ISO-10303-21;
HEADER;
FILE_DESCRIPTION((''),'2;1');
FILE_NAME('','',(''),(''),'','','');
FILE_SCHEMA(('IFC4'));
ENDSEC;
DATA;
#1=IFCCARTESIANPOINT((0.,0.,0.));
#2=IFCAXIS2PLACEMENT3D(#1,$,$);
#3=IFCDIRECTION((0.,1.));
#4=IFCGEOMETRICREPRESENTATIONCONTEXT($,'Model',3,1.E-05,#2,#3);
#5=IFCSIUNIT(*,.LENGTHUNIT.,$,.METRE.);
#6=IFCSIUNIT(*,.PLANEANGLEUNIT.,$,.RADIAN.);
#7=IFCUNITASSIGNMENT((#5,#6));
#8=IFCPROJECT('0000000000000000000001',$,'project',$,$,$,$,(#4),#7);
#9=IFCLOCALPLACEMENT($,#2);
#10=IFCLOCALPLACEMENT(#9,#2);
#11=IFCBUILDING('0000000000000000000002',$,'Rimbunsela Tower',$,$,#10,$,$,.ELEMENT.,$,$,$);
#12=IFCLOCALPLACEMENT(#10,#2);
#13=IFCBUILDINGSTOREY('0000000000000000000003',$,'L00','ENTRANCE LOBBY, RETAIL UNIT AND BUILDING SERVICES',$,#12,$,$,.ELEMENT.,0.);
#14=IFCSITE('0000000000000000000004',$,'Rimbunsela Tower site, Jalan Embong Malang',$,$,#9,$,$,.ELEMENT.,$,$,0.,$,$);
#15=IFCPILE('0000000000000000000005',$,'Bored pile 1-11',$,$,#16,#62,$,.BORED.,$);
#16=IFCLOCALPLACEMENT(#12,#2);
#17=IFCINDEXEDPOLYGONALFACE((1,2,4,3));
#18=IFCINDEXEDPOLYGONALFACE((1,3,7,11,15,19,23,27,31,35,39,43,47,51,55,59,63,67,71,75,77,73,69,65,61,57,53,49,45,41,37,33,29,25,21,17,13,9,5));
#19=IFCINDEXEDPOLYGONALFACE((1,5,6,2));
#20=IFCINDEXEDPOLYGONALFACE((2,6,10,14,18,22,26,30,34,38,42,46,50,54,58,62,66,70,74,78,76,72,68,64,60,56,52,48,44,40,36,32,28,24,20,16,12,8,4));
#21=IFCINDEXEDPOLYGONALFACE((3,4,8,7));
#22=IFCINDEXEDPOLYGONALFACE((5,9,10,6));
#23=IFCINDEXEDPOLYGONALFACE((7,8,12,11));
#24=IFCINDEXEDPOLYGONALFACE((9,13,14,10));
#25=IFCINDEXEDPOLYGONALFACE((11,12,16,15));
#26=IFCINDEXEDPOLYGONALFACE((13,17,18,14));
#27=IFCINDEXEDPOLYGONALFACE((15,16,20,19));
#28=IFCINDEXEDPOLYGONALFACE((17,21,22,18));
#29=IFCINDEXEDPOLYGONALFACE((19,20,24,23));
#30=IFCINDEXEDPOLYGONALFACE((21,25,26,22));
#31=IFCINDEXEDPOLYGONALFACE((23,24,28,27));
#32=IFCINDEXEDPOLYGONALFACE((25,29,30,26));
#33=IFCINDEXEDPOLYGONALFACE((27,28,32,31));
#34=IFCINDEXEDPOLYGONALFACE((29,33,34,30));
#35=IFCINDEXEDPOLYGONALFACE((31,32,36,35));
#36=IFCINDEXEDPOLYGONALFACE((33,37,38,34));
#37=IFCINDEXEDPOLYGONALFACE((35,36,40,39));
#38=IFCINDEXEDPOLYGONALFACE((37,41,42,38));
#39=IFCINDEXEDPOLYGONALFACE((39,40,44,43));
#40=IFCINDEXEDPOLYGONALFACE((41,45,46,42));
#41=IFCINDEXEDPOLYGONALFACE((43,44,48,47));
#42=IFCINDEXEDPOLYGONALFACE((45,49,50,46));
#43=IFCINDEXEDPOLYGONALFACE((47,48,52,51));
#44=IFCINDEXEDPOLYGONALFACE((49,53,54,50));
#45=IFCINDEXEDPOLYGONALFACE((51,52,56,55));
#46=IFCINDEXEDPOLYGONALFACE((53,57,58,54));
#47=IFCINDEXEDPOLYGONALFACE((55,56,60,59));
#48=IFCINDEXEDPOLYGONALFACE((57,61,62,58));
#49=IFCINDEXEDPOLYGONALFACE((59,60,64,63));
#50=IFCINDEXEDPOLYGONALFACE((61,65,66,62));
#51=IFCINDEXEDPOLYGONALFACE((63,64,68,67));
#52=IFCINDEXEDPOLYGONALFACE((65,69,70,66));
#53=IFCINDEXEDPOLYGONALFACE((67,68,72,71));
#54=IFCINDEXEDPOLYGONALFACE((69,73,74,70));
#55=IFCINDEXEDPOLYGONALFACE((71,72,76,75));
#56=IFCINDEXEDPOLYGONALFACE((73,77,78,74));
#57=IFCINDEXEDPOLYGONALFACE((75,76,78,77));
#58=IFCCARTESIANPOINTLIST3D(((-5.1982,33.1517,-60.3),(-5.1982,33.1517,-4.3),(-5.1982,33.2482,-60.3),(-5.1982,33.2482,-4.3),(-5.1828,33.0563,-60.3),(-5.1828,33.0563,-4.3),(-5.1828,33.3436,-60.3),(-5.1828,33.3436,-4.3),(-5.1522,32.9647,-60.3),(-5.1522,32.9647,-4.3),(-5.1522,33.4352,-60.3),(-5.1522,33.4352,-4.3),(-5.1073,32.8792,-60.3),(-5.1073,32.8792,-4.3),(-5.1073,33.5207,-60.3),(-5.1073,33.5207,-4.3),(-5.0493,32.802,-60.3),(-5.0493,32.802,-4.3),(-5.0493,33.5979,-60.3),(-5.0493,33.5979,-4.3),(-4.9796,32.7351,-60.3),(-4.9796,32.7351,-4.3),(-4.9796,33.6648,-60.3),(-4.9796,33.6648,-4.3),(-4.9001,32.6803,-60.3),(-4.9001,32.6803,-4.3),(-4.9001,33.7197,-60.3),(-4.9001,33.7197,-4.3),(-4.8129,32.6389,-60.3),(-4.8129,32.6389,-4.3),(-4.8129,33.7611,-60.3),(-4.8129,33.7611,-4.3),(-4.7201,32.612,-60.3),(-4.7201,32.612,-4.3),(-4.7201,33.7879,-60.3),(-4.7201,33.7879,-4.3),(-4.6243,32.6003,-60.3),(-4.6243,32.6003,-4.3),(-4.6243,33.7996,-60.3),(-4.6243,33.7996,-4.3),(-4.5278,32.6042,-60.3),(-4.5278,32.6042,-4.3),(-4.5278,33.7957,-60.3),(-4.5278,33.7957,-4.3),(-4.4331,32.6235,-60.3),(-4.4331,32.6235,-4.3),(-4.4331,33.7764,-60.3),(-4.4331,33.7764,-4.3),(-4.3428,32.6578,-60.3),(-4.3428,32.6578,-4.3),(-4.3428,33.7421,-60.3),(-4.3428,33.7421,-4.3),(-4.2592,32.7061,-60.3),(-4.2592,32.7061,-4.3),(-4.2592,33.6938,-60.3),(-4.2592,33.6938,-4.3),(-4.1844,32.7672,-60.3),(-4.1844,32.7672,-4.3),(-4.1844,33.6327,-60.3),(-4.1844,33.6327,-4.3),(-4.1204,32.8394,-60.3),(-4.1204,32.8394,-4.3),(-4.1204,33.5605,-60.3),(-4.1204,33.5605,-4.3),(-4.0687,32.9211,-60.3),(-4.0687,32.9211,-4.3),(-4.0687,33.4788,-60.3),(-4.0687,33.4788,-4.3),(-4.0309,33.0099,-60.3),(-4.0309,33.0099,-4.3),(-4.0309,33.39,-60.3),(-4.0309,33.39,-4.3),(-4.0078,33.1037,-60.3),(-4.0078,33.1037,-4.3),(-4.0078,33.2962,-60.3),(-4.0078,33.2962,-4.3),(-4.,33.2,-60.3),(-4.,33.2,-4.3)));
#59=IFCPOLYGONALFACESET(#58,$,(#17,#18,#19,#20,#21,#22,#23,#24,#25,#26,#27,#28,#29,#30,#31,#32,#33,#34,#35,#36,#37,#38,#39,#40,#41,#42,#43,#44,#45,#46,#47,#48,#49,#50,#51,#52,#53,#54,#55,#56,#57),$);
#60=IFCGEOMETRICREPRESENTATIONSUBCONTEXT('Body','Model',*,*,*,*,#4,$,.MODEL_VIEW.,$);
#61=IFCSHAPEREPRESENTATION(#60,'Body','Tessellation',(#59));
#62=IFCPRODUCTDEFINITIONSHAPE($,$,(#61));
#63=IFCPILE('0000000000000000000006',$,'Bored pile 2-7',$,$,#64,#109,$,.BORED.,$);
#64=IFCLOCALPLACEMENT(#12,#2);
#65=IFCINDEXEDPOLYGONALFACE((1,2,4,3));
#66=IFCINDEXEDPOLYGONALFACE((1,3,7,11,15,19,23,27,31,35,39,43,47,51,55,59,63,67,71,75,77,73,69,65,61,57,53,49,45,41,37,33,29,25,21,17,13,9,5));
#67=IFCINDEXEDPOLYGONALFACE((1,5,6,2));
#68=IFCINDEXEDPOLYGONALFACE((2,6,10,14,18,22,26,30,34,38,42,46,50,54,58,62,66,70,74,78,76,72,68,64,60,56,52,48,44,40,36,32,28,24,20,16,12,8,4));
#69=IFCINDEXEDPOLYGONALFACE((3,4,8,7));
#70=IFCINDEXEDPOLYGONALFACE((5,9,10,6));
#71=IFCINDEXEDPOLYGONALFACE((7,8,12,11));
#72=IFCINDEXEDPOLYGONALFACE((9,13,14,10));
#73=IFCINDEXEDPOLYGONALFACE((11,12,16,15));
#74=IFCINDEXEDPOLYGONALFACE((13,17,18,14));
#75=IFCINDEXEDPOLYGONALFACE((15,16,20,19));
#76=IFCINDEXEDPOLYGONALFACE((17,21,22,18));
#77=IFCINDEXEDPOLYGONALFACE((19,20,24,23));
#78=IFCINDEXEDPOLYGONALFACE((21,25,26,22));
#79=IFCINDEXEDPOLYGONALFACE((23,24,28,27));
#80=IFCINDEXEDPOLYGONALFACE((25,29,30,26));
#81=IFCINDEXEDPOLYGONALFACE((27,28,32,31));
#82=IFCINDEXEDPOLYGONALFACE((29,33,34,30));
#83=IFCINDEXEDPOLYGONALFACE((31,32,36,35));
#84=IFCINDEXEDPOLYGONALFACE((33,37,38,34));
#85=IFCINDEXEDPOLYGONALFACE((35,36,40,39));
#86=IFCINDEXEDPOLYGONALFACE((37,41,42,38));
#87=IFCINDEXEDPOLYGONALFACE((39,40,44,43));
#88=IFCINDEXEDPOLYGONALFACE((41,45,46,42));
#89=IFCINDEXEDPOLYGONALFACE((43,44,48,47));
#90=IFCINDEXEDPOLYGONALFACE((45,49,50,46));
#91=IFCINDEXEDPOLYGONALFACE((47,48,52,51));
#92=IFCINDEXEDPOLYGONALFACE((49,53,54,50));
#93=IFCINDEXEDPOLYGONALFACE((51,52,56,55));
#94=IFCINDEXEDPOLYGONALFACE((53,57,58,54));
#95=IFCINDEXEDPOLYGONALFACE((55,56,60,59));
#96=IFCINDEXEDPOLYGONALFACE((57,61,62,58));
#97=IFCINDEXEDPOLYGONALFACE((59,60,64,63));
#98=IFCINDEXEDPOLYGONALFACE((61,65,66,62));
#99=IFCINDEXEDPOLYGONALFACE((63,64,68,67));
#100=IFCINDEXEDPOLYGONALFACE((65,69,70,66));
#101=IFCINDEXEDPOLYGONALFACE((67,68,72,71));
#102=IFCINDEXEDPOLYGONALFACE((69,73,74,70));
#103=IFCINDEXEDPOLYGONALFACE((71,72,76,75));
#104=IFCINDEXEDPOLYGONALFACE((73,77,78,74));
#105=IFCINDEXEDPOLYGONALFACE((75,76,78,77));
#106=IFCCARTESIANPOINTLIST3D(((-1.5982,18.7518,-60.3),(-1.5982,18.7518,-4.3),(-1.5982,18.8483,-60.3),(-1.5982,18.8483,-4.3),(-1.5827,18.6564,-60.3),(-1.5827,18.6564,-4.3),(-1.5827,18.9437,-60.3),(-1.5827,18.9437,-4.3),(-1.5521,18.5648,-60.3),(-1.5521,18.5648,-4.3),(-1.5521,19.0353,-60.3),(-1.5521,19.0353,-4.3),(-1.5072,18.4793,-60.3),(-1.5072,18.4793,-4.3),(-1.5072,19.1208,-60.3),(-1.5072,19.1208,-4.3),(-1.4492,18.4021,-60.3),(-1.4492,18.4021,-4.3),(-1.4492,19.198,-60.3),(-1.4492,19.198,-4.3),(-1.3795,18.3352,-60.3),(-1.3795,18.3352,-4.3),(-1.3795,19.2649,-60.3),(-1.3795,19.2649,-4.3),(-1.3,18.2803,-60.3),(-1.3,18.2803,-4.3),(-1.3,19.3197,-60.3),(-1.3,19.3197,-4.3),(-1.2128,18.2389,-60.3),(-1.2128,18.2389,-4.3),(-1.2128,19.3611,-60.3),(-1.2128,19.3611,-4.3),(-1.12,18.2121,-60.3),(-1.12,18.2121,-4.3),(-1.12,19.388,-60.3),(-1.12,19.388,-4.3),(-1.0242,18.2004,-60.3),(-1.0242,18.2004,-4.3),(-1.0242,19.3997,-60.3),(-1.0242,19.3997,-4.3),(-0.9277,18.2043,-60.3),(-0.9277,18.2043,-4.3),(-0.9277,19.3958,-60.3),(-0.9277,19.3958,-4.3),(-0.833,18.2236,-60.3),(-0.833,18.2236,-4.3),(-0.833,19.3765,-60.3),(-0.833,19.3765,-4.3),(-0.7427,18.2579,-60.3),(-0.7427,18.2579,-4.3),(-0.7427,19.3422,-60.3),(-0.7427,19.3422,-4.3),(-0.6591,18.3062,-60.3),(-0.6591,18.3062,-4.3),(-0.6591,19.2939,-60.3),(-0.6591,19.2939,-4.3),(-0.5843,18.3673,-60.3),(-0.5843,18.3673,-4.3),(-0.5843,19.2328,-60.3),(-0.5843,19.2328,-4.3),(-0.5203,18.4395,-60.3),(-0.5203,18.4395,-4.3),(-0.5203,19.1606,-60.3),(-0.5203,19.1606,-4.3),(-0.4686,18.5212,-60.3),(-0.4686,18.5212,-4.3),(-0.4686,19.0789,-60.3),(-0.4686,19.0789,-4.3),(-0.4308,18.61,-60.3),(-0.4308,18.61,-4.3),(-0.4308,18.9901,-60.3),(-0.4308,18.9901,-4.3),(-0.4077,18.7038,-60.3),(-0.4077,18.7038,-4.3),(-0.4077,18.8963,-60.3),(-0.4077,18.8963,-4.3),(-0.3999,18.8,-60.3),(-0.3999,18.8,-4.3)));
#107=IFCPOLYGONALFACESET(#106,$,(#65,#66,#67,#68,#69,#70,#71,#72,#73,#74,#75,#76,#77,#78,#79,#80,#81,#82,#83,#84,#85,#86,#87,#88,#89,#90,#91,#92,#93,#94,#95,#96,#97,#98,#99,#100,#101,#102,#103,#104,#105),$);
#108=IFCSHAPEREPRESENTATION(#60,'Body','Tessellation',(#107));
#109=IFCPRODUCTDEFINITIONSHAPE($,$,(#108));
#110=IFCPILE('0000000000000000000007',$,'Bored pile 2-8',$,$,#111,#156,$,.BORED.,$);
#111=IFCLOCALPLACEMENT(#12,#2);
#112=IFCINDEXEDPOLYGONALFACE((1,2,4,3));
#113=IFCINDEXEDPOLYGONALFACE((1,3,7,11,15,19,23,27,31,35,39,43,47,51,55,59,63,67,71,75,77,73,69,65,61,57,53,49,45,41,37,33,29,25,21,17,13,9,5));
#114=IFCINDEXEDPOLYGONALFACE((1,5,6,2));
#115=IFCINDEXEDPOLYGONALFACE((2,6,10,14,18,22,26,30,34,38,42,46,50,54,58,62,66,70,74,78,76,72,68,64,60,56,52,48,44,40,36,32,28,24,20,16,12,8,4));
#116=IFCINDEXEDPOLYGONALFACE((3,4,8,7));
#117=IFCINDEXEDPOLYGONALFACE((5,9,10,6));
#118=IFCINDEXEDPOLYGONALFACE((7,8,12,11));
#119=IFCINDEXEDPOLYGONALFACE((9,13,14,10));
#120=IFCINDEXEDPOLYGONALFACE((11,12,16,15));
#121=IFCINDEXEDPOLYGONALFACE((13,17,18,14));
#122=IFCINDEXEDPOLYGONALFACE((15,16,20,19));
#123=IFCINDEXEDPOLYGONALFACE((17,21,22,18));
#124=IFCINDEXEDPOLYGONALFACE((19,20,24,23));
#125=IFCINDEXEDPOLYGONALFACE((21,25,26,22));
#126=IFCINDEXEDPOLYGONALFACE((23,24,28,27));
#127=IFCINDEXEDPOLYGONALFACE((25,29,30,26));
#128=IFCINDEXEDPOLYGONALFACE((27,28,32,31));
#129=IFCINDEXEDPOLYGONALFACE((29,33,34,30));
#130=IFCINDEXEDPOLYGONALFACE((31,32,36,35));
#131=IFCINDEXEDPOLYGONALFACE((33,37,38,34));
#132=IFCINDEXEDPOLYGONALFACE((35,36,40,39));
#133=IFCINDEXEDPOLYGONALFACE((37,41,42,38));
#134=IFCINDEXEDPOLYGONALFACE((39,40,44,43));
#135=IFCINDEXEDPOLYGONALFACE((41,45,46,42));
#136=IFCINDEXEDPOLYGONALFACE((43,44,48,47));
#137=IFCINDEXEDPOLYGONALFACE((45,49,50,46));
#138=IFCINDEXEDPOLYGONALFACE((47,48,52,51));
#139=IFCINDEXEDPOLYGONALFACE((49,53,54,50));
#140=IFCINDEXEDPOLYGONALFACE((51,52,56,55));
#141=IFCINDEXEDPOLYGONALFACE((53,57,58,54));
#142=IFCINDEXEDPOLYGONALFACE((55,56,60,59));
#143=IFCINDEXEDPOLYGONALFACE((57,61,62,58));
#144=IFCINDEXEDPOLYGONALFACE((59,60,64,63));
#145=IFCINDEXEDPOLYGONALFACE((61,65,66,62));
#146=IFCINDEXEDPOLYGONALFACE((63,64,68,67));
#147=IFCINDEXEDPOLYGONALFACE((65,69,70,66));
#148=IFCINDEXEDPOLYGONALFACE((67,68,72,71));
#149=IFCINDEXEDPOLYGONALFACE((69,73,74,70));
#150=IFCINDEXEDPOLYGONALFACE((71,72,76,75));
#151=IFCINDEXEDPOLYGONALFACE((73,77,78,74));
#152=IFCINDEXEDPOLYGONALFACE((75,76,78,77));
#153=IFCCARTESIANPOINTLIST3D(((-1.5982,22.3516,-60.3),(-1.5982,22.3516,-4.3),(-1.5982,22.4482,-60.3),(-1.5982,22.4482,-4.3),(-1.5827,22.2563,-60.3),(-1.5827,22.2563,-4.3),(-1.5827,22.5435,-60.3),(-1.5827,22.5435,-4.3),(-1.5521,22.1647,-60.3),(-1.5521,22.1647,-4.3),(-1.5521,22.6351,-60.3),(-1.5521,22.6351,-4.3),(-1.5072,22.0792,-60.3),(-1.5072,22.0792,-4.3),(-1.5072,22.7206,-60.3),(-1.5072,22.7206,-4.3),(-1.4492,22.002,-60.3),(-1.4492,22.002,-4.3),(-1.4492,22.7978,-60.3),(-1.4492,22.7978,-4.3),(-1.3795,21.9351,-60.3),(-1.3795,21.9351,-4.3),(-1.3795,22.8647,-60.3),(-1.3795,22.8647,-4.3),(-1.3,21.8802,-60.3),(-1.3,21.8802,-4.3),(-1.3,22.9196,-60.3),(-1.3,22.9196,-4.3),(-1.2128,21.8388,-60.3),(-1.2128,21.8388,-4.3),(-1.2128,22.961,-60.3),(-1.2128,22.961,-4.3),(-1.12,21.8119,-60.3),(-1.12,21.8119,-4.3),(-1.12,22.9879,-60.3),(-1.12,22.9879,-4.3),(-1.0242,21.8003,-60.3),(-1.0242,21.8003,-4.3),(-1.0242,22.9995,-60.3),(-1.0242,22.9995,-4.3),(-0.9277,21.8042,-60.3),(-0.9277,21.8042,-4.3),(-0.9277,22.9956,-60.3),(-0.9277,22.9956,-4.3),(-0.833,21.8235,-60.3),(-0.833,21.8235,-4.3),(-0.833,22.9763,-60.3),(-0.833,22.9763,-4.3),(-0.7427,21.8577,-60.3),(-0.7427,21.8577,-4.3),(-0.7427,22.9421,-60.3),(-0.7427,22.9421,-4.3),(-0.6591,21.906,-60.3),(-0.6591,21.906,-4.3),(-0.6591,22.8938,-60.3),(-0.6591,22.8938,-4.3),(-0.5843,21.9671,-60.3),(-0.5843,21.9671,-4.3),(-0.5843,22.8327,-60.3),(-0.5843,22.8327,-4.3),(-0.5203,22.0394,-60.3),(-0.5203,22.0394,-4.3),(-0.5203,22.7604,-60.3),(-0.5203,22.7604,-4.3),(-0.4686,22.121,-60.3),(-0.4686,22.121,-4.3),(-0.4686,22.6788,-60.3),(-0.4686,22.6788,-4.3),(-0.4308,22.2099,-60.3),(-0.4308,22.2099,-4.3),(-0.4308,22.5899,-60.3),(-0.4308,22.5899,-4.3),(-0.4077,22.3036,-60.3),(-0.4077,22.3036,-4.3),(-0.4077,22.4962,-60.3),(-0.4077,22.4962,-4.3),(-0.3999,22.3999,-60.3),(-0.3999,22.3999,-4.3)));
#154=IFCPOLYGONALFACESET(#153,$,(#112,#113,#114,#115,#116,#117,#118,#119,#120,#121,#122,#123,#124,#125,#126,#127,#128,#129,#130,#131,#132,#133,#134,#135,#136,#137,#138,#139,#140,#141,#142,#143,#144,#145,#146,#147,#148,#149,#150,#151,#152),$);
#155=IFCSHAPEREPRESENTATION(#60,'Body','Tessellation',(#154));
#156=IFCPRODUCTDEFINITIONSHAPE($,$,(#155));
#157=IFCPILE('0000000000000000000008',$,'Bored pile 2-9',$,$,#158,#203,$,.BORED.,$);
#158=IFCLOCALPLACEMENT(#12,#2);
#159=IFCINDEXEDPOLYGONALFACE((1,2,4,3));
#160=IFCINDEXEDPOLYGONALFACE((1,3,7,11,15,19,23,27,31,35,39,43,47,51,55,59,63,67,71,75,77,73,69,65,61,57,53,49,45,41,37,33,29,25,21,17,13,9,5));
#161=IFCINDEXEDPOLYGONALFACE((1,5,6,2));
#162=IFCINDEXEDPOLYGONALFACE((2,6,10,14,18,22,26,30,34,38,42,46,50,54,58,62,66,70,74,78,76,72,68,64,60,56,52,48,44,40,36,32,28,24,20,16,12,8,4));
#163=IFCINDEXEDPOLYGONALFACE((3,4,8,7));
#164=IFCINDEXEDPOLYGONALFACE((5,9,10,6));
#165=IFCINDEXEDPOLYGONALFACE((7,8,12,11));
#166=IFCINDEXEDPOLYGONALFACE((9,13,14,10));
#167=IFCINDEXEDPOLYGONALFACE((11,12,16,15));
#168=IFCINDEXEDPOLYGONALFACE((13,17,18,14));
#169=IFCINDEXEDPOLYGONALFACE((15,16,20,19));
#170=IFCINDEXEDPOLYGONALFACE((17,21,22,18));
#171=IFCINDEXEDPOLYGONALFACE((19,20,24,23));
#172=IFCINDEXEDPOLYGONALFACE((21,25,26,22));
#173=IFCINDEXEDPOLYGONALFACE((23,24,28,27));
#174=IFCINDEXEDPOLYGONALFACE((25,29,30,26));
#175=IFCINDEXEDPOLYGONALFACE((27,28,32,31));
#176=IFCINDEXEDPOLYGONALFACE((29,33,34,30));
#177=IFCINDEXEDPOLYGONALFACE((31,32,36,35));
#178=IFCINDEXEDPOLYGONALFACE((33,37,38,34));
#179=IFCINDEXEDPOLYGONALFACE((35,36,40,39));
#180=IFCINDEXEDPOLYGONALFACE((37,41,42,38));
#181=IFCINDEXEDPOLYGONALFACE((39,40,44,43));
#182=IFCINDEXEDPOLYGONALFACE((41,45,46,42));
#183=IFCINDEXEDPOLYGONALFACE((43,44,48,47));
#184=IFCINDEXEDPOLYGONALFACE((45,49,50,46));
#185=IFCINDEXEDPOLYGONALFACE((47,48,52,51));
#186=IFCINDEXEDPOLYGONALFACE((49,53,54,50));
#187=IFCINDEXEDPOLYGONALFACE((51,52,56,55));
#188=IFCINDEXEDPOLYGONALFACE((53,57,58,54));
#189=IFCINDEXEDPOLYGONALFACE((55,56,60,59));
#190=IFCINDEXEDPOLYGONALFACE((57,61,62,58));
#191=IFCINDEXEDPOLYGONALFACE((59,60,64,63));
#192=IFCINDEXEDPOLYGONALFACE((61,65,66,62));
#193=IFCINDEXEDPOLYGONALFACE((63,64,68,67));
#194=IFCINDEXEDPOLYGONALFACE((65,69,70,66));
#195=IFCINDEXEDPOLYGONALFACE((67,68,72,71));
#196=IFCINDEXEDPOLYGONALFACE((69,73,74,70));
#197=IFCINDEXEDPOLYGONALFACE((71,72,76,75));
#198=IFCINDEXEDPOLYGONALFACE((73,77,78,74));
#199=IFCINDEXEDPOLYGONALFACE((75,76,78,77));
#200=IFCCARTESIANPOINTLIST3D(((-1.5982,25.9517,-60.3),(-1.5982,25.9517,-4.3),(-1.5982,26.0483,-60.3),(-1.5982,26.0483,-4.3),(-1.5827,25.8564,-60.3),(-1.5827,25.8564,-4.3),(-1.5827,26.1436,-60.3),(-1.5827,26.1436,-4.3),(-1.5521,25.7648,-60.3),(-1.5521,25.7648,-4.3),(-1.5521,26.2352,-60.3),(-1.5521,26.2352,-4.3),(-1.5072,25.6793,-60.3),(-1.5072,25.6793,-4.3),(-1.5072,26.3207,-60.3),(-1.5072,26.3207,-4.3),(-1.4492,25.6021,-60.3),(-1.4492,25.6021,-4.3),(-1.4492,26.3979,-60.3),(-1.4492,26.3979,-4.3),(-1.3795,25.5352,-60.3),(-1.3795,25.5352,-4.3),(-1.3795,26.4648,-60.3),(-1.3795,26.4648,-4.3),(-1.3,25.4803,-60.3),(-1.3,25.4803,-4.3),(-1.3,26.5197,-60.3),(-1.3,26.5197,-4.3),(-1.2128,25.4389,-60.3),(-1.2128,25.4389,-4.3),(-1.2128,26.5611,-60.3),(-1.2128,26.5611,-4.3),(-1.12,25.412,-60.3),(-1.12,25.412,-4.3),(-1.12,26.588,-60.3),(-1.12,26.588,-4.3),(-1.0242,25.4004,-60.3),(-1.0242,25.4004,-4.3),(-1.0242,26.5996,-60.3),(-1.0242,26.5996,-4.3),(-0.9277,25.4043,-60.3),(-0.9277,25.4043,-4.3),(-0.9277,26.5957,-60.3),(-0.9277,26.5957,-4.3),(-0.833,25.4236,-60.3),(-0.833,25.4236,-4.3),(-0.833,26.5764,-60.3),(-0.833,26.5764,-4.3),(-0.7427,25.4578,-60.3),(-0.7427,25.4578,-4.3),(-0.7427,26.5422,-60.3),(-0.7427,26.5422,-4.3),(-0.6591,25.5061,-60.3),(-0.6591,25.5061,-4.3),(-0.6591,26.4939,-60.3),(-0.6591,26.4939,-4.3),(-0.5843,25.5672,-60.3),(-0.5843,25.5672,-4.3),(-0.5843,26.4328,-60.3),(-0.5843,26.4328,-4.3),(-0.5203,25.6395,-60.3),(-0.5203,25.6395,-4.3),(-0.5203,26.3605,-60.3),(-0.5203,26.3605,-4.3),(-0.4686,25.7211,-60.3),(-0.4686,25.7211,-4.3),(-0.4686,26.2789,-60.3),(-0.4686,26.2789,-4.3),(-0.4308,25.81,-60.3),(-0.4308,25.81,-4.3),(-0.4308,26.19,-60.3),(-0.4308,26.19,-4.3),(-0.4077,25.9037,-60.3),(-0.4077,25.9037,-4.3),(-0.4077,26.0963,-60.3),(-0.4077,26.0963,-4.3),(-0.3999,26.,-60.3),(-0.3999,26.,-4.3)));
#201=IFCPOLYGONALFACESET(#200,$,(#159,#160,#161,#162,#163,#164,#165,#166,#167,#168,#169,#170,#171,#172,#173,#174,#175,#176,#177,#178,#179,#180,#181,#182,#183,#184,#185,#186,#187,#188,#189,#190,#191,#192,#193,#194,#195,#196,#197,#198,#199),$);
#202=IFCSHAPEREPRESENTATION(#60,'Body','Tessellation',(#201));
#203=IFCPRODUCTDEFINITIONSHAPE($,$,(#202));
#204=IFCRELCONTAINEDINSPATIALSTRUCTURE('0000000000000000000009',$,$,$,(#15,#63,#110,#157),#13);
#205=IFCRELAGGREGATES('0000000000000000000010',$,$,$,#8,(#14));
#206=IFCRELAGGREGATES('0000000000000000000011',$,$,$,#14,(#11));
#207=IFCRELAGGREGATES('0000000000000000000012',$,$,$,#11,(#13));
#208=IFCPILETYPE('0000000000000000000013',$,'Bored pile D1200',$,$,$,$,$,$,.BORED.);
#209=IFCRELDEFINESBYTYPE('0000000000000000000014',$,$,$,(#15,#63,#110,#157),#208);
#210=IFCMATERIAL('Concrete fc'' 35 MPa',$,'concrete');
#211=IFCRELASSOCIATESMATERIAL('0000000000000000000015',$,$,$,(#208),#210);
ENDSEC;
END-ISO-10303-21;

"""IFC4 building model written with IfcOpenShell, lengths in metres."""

from ifc_helpers import new_model, si_unit, direction, frame, origin, origin_2d, place, context, subcontext, project, spatial, circle, extrude, material, material_profile, profile_set, type_object, element, save


model = new_model("IFC4")

# Units and contexts
model_context = context("Model", 3, precision=1e-05, world=origin(), true_north=direction((0.0, 1.0)))
body_context = subcontext(model_context, "Body", "Model", "MODEL_VIEW")
ifc_project = project(units=[si_unit("LENGTHUNIT", "METRE"), si_unit("PLANEANGLEUNIT", "RADIAN")], contexts=[model_context])

# Site, building, storey
site_placement = place(None, origin())
site = spatial("IfcSite", under=ifc_project, at=site_placement, Name="Rimbunsela Tower site, Jalan Embong Malang", CompositionType="ELEMENT", RefElevation=0.0)
building_placement = place(site_placement, origin())
building = spatial("IfcBuilding", under=site, at=building_placement, Name="Rimbunsela Tower", CompositionType="ELEMENT")
storey_placement = place(building_placement, origin())
storey = spatial("IfcBuildingStorey", under=building, at=storey_placement, Name="L00", Description="ENTRANCE LOBBY, RETAIL UNIT AND BUILDING SERVICES", CompositionType="ELEMENT", Elevation=0.0)

# Piles
ifc_material_1 = material(Name="Concrete fc' 35 MPa", Category="concrete")
ifc_material_profile_1 = material_profile(ifc_material_1, circle(Radius=0.6001, at=origin_2d()), Name="BP D1200")
ifc_profile_set_1 = profile_set([ifc_material_profile_1], Name="Concrete fc' 35 MPa")
pile_type = type_object("IfcPileType", Name="Bored pile D1200", PredefinedType="BORED", material=ifc_profile_set_1)
for number, where, z_axis, x_axis, name in (
    (1, (-4.6001, 33.2, -4.3), (0.0, 0.0, -1.0), (1.0, 0.0, 0.0), "Bored pile 1-11"),
    (2, (-1.0, 18.8, -4.3), (0.0, 0.0, -1.0), (1.0, 0.0, 0.0), "Bored pile 2-7"),
    (3, (-1.0, 22.3999, -4.3), (0.0, 0.0, -1.0), (1.0, 0.0, 0.0), "Bored pile 2-8"),
    (4, (-1.0, 26.0, -4.3), (0.0, 0.0, -1.0), (1.0, 0.0, 0.0), "Bored pile 2-9"),
):
    element("IfcPile", number, at=place(storey_placement, frame(where, z_axis=z_axis, x_axis=x_axis)), inside=storey, type_object=pile_type, Name=name, PredefinedType="BORED", context=body_context, shape_type="SweptSolid", body=[
        extrude(circle(Radius=0.6001, at=origin_2d()), origin(), (0.0, 0.0, 1.0), 56.0),
    ])

save(model, "model.ifc")
